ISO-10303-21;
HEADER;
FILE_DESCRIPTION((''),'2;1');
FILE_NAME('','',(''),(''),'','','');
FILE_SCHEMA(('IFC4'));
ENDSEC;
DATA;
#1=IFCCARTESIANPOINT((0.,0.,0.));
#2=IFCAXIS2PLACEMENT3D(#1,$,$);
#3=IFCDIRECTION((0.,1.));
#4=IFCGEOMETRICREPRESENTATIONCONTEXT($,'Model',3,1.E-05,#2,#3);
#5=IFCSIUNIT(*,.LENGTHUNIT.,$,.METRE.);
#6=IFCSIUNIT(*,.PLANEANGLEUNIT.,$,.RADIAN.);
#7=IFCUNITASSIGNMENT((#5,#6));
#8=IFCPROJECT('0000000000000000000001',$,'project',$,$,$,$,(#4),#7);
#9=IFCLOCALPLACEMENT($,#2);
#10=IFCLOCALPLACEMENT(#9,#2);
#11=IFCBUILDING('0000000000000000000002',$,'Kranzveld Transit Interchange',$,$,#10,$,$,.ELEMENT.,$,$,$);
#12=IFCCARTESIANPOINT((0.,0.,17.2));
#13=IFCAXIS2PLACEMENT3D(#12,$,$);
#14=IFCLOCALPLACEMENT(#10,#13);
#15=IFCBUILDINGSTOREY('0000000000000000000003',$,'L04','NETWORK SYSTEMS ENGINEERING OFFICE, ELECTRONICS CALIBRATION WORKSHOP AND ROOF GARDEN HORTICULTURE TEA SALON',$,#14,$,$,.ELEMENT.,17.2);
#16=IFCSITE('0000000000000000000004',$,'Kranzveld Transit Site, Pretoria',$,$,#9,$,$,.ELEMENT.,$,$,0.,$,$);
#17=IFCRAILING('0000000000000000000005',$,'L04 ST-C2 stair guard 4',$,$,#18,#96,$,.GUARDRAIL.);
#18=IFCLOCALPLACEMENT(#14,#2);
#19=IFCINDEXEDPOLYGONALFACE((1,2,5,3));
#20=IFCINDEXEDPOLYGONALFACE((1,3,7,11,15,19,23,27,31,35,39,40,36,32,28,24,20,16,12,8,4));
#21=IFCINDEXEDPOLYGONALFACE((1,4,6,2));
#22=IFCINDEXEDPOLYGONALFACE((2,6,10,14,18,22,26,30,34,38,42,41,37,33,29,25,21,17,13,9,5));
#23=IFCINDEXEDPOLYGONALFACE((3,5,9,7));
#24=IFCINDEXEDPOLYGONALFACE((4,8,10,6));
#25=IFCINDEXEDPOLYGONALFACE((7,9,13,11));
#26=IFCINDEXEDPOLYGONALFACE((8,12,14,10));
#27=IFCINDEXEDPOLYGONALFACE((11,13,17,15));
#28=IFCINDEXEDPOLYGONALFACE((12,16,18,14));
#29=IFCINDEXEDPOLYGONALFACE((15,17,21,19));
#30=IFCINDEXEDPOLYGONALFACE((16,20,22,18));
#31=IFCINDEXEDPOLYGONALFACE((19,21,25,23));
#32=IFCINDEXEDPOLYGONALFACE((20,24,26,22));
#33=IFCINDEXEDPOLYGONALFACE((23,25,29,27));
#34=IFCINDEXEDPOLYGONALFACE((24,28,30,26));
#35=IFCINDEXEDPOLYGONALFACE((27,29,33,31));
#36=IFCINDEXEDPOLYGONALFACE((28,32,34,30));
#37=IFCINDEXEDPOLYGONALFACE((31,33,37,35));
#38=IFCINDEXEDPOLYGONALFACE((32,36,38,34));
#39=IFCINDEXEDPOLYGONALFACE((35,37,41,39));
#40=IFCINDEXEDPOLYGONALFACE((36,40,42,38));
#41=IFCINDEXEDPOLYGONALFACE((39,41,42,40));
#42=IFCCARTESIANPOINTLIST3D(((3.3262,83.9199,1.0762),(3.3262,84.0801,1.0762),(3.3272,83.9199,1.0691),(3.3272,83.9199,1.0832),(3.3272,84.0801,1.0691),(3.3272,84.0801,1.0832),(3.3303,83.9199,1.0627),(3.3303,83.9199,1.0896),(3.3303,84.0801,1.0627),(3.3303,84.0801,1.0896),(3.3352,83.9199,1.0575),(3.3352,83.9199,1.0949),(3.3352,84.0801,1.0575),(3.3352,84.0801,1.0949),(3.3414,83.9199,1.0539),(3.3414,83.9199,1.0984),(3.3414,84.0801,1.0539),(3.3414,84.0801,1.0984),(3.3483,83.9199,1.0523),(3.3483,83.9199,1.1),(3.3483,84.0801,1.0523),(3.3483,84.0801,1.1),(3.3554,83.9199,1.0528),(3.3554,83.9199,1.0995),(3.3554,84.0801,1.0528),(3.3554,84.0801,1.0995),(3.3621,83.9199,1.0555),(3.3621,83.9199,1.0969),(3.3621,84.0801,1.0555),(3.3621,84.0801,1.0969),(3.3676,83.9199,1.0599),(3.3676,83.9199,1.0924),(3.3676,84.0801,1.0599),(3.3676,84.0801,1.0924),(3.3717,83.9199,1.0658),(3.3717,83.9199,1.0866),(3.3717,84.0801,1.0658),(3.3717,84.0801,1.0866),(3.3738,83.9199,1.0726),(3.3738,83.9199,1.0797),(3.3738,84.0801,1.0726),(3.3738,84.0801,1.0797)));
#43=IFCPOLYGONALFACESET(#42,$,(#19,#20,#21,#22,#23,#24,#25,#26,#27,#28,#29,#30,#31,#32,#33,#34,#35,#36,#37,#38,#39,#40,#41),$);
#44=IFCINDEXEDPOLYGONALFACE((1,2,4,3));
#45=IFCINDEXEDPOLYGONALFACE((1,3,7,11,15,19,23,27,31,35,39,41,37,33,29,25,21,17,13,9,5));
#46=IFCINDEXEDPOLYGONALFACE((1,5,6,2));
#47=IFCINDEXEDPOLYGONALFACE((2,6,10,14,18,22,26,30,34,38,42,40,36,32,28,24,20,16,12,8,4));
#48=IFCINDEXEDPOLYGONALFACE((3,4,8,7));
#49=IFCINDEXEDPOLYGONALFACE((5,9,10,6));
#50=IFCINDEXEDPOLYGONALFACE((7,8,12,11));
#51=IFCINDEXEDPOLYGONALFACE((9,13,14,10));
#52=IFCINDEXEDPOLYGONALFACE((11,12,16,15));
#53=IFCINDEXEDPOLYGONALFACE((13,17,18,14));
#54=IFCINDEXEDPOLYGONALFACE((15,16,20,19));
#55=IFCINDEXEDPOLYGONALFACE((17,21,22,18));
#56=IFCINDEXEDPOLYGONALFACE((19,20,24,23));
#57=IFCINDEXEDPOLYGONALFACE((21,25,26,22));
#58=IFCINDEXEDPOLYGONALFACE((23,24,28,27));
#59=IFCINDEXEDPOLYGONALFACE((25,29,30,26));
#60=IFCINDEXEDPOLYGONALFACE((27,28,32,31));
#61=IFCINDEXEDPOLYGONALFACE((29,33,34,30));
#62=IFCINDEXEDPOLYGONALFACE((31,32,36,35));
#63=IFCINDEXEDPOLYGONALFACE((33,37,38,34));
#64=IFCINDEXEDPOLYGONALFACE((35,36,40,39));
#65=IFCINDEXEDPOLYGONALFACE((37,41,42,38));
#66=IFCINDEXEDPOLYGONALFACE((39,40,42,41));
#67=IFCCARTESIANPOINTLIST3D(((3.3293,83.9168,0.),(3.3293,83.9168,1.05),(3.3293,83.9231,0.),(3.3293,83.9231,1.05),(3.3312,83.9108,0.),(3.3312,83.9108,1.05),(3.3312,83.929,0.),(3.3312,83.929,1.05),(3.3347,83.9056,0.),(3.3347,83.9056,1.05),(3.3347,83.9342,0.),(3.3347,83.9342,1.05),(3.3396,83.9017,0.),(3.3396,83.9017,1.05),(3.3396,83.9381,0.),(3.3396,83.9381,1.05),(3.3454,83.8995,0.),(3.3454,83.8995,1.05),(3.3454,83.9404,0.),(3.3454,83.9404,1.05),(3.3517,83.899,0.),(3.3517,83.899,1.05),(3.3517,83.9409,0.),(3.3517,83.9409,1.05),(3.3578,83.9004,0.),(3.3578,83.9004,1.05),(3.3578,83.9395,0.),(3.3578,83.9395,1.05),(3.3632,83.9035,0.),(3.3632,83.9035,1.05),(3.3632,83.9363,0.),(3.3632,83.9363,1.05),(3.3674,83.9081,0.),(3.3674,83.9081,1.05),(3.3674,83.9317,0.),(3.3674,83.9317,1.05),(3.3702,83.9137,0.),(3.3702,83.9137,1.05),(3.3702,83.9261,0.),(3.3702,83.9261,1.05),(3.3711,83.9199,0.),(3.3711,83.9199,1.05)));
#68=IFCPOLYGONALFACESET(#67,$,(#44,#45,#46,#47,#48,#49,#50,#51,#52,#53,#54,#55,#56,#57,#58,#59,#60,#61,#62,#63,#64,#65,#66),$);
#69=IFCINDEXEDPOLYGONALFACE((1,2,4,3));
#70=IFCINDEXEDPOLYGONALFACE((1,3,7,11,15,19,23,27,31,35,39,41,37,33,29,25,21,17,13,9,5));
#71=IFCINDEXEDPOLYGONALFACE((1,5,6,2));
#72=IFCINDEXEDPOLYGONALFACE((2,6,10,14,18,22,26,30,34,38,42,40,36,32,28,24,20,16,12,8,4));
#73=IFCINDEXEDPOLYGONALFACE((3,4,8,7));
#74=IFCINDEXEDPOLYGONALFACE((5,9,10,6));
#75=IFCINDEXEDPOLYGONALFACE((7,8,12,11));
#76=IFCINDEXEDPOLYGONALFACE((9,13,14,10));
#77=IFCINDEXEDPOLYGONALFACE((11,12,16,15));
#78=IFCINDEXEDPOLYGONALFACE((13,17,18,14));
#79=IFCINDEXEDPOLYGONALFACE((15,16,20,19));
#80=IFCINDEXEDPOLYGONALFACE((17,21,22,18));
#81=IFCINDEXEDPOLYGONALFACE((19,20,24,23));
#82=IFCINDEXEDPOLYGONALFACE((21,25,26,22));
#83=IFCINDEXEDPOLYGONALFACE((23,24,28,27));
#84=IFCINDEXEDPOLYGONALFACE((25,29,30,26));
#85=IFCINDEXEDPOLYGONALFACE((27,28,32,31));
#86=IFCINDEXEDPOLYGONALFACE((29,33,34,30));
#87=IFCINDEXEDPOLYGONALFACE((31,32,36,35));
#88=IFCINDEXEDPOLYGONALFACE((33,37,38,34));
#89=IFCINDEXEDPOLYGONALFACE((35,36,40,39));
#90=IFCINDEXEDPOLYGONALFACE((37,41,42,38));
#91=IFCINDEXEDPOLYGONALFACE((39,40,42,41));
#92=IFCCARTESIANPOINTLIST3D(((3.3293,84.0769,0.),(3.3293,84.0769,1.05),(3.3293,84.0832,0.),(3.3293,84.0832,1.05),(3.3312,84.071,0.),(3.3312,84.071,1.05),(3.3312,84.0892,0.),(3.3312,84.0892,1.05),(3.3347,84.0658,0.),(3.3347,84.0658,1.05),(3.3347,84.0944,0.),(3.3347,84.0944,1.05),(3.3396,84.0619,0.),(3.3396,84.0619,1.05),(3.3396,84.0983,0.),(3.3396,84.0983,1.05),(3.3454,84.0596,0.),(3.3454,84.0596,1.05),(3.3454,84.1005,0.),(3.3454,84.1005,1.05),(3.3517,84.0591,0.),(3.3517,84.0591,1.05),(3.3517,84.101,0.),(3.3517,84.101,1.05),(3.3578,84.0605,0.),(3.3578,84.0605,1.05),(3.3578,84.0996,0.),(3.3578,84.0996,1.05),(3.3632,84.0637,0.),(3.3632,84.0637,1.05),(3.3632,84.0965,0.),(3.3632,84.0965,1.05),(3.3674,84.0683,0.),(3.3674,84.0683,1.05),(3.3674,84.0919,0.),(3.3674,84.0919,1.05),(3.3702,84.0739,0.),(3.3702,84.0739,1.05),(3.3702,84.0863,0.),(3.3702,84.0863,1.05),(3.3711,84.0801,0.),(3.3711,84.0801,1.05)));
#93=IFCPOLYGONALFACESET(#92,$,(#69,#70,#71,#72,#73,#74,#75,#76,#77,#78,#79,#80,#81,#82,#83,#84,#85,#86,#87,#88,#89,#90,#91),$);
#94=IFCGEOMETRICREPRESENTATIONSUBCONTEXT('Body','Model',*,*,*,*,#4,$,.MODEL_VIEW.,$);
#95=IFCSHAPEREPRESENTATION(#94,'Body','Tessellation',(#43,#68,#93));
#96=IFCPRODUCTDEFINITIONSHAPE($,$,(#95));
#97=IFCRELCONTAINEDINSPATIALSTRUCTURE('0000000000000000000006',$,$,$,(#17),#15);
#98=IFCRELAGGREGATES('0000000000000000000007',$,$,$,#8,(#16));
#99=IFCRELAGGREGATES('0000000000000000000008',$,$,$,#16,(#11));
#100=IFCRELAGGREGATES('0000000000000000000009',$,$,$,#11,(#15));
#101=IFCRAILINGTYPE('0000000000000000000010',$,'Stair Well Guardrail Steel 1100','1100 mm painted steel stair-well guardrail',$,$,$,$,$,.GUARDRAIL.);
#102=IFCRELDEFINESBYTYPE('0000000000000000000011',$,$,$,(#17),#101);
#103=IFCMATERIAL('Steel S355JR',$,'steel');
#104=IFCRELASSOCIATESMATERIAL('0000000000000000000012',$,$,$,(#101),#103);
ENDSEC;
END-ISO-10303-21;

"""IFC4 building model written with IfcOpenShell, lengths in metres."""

from ifc_helpers import new_model, si_unit, direction, frame, origin, origin_2d, place, context, subcontext, project, spatial, circle, extrude, material, type_object, element, save


model = new_model("IFC4")

# Units and contexts
model_context = context("Model", 3, precision=1e-05, world=origin(), true_north=direction((0.0, 1.0)))
body_context = subcontext(model_context, "Body", "Model", "MODEL_VIEW")
ifc_project = project(units=[si_unit("LENGTHUNIT", "METRE"), si_unit("PLANEANGLEUNIT", "RADIAN")], contexts=[model_context])

# Site, building, storey
site_placement = place(None, origin())
site = spatial("IfcSite", under=ifc_project, at=site_placement, Name="Kranzveld Transit Site, Pretoria", CompositionType="ELEMENT", RefElevation=0.0)
building_placement = place(site_placement, origin())
building = spatial("IfcBuilding", under=site, at=building_placement, Name="Kranzveld Transit Interchange", CompositionType="ELEMENT")
storey_placement = place(building_placement, frame((0.0, 0.0, 17.2)))
storey = spatial("IfcBuildingStorey", under=building, at=storey_placement, Name="L04", Description="NETWORK SYSTEMS ENGINEERING OFFICE, ELECTRONICS CALIBRATION WORKSHOP AND ROOF GARDEN HORTICULTURE TEA SALON", CompositionType="ELEMENT", Elevation=17.2)

# Railing
ifc_material_1 = material(Name="Steel S355JR", Category="steel")
railing_type_1 = type_object("IfcRailingType", Name="Stair Well Guardrail Steel 1100", Description="1100 mm painted steel stair-well guardrail", PredefinedType="GUARDRAIL", material=ifc_material_1)
railing_1_placement = place(storey_placement, frame((3.3501, 83.9199, 0.0)))
element("IfcRailing", 1, at=railing_1_placement, inside=storey, type_object=railing_type_1, Name="L04 ST-C2 stair guard 4", PredefinedType="GUARDRAIL", context=body_context, shape_type="SweptSolid", body=[
    extrude(circle(Radius=0.0239, at=origin_2d()), frame((0.0, 0.0, 1.0762), z_axis=(0.0, 1.0, 0.0), x_axis=(-1.0, 0.0, 0.0)), (0.0, 0.0, 1.0), 0.1602),
    extrude(circle(Radius=0.021, at=origin_2d()), origin(), (0.0, 0.0, 1.0), 1.05),
    extrude(circle(Radius=0.021, at=origin_2d()), frame((0.0, 0.1602, 0.0)), (0.0, 0.0, 1.0), 1.05),
])

save(model, "model.ifc")
